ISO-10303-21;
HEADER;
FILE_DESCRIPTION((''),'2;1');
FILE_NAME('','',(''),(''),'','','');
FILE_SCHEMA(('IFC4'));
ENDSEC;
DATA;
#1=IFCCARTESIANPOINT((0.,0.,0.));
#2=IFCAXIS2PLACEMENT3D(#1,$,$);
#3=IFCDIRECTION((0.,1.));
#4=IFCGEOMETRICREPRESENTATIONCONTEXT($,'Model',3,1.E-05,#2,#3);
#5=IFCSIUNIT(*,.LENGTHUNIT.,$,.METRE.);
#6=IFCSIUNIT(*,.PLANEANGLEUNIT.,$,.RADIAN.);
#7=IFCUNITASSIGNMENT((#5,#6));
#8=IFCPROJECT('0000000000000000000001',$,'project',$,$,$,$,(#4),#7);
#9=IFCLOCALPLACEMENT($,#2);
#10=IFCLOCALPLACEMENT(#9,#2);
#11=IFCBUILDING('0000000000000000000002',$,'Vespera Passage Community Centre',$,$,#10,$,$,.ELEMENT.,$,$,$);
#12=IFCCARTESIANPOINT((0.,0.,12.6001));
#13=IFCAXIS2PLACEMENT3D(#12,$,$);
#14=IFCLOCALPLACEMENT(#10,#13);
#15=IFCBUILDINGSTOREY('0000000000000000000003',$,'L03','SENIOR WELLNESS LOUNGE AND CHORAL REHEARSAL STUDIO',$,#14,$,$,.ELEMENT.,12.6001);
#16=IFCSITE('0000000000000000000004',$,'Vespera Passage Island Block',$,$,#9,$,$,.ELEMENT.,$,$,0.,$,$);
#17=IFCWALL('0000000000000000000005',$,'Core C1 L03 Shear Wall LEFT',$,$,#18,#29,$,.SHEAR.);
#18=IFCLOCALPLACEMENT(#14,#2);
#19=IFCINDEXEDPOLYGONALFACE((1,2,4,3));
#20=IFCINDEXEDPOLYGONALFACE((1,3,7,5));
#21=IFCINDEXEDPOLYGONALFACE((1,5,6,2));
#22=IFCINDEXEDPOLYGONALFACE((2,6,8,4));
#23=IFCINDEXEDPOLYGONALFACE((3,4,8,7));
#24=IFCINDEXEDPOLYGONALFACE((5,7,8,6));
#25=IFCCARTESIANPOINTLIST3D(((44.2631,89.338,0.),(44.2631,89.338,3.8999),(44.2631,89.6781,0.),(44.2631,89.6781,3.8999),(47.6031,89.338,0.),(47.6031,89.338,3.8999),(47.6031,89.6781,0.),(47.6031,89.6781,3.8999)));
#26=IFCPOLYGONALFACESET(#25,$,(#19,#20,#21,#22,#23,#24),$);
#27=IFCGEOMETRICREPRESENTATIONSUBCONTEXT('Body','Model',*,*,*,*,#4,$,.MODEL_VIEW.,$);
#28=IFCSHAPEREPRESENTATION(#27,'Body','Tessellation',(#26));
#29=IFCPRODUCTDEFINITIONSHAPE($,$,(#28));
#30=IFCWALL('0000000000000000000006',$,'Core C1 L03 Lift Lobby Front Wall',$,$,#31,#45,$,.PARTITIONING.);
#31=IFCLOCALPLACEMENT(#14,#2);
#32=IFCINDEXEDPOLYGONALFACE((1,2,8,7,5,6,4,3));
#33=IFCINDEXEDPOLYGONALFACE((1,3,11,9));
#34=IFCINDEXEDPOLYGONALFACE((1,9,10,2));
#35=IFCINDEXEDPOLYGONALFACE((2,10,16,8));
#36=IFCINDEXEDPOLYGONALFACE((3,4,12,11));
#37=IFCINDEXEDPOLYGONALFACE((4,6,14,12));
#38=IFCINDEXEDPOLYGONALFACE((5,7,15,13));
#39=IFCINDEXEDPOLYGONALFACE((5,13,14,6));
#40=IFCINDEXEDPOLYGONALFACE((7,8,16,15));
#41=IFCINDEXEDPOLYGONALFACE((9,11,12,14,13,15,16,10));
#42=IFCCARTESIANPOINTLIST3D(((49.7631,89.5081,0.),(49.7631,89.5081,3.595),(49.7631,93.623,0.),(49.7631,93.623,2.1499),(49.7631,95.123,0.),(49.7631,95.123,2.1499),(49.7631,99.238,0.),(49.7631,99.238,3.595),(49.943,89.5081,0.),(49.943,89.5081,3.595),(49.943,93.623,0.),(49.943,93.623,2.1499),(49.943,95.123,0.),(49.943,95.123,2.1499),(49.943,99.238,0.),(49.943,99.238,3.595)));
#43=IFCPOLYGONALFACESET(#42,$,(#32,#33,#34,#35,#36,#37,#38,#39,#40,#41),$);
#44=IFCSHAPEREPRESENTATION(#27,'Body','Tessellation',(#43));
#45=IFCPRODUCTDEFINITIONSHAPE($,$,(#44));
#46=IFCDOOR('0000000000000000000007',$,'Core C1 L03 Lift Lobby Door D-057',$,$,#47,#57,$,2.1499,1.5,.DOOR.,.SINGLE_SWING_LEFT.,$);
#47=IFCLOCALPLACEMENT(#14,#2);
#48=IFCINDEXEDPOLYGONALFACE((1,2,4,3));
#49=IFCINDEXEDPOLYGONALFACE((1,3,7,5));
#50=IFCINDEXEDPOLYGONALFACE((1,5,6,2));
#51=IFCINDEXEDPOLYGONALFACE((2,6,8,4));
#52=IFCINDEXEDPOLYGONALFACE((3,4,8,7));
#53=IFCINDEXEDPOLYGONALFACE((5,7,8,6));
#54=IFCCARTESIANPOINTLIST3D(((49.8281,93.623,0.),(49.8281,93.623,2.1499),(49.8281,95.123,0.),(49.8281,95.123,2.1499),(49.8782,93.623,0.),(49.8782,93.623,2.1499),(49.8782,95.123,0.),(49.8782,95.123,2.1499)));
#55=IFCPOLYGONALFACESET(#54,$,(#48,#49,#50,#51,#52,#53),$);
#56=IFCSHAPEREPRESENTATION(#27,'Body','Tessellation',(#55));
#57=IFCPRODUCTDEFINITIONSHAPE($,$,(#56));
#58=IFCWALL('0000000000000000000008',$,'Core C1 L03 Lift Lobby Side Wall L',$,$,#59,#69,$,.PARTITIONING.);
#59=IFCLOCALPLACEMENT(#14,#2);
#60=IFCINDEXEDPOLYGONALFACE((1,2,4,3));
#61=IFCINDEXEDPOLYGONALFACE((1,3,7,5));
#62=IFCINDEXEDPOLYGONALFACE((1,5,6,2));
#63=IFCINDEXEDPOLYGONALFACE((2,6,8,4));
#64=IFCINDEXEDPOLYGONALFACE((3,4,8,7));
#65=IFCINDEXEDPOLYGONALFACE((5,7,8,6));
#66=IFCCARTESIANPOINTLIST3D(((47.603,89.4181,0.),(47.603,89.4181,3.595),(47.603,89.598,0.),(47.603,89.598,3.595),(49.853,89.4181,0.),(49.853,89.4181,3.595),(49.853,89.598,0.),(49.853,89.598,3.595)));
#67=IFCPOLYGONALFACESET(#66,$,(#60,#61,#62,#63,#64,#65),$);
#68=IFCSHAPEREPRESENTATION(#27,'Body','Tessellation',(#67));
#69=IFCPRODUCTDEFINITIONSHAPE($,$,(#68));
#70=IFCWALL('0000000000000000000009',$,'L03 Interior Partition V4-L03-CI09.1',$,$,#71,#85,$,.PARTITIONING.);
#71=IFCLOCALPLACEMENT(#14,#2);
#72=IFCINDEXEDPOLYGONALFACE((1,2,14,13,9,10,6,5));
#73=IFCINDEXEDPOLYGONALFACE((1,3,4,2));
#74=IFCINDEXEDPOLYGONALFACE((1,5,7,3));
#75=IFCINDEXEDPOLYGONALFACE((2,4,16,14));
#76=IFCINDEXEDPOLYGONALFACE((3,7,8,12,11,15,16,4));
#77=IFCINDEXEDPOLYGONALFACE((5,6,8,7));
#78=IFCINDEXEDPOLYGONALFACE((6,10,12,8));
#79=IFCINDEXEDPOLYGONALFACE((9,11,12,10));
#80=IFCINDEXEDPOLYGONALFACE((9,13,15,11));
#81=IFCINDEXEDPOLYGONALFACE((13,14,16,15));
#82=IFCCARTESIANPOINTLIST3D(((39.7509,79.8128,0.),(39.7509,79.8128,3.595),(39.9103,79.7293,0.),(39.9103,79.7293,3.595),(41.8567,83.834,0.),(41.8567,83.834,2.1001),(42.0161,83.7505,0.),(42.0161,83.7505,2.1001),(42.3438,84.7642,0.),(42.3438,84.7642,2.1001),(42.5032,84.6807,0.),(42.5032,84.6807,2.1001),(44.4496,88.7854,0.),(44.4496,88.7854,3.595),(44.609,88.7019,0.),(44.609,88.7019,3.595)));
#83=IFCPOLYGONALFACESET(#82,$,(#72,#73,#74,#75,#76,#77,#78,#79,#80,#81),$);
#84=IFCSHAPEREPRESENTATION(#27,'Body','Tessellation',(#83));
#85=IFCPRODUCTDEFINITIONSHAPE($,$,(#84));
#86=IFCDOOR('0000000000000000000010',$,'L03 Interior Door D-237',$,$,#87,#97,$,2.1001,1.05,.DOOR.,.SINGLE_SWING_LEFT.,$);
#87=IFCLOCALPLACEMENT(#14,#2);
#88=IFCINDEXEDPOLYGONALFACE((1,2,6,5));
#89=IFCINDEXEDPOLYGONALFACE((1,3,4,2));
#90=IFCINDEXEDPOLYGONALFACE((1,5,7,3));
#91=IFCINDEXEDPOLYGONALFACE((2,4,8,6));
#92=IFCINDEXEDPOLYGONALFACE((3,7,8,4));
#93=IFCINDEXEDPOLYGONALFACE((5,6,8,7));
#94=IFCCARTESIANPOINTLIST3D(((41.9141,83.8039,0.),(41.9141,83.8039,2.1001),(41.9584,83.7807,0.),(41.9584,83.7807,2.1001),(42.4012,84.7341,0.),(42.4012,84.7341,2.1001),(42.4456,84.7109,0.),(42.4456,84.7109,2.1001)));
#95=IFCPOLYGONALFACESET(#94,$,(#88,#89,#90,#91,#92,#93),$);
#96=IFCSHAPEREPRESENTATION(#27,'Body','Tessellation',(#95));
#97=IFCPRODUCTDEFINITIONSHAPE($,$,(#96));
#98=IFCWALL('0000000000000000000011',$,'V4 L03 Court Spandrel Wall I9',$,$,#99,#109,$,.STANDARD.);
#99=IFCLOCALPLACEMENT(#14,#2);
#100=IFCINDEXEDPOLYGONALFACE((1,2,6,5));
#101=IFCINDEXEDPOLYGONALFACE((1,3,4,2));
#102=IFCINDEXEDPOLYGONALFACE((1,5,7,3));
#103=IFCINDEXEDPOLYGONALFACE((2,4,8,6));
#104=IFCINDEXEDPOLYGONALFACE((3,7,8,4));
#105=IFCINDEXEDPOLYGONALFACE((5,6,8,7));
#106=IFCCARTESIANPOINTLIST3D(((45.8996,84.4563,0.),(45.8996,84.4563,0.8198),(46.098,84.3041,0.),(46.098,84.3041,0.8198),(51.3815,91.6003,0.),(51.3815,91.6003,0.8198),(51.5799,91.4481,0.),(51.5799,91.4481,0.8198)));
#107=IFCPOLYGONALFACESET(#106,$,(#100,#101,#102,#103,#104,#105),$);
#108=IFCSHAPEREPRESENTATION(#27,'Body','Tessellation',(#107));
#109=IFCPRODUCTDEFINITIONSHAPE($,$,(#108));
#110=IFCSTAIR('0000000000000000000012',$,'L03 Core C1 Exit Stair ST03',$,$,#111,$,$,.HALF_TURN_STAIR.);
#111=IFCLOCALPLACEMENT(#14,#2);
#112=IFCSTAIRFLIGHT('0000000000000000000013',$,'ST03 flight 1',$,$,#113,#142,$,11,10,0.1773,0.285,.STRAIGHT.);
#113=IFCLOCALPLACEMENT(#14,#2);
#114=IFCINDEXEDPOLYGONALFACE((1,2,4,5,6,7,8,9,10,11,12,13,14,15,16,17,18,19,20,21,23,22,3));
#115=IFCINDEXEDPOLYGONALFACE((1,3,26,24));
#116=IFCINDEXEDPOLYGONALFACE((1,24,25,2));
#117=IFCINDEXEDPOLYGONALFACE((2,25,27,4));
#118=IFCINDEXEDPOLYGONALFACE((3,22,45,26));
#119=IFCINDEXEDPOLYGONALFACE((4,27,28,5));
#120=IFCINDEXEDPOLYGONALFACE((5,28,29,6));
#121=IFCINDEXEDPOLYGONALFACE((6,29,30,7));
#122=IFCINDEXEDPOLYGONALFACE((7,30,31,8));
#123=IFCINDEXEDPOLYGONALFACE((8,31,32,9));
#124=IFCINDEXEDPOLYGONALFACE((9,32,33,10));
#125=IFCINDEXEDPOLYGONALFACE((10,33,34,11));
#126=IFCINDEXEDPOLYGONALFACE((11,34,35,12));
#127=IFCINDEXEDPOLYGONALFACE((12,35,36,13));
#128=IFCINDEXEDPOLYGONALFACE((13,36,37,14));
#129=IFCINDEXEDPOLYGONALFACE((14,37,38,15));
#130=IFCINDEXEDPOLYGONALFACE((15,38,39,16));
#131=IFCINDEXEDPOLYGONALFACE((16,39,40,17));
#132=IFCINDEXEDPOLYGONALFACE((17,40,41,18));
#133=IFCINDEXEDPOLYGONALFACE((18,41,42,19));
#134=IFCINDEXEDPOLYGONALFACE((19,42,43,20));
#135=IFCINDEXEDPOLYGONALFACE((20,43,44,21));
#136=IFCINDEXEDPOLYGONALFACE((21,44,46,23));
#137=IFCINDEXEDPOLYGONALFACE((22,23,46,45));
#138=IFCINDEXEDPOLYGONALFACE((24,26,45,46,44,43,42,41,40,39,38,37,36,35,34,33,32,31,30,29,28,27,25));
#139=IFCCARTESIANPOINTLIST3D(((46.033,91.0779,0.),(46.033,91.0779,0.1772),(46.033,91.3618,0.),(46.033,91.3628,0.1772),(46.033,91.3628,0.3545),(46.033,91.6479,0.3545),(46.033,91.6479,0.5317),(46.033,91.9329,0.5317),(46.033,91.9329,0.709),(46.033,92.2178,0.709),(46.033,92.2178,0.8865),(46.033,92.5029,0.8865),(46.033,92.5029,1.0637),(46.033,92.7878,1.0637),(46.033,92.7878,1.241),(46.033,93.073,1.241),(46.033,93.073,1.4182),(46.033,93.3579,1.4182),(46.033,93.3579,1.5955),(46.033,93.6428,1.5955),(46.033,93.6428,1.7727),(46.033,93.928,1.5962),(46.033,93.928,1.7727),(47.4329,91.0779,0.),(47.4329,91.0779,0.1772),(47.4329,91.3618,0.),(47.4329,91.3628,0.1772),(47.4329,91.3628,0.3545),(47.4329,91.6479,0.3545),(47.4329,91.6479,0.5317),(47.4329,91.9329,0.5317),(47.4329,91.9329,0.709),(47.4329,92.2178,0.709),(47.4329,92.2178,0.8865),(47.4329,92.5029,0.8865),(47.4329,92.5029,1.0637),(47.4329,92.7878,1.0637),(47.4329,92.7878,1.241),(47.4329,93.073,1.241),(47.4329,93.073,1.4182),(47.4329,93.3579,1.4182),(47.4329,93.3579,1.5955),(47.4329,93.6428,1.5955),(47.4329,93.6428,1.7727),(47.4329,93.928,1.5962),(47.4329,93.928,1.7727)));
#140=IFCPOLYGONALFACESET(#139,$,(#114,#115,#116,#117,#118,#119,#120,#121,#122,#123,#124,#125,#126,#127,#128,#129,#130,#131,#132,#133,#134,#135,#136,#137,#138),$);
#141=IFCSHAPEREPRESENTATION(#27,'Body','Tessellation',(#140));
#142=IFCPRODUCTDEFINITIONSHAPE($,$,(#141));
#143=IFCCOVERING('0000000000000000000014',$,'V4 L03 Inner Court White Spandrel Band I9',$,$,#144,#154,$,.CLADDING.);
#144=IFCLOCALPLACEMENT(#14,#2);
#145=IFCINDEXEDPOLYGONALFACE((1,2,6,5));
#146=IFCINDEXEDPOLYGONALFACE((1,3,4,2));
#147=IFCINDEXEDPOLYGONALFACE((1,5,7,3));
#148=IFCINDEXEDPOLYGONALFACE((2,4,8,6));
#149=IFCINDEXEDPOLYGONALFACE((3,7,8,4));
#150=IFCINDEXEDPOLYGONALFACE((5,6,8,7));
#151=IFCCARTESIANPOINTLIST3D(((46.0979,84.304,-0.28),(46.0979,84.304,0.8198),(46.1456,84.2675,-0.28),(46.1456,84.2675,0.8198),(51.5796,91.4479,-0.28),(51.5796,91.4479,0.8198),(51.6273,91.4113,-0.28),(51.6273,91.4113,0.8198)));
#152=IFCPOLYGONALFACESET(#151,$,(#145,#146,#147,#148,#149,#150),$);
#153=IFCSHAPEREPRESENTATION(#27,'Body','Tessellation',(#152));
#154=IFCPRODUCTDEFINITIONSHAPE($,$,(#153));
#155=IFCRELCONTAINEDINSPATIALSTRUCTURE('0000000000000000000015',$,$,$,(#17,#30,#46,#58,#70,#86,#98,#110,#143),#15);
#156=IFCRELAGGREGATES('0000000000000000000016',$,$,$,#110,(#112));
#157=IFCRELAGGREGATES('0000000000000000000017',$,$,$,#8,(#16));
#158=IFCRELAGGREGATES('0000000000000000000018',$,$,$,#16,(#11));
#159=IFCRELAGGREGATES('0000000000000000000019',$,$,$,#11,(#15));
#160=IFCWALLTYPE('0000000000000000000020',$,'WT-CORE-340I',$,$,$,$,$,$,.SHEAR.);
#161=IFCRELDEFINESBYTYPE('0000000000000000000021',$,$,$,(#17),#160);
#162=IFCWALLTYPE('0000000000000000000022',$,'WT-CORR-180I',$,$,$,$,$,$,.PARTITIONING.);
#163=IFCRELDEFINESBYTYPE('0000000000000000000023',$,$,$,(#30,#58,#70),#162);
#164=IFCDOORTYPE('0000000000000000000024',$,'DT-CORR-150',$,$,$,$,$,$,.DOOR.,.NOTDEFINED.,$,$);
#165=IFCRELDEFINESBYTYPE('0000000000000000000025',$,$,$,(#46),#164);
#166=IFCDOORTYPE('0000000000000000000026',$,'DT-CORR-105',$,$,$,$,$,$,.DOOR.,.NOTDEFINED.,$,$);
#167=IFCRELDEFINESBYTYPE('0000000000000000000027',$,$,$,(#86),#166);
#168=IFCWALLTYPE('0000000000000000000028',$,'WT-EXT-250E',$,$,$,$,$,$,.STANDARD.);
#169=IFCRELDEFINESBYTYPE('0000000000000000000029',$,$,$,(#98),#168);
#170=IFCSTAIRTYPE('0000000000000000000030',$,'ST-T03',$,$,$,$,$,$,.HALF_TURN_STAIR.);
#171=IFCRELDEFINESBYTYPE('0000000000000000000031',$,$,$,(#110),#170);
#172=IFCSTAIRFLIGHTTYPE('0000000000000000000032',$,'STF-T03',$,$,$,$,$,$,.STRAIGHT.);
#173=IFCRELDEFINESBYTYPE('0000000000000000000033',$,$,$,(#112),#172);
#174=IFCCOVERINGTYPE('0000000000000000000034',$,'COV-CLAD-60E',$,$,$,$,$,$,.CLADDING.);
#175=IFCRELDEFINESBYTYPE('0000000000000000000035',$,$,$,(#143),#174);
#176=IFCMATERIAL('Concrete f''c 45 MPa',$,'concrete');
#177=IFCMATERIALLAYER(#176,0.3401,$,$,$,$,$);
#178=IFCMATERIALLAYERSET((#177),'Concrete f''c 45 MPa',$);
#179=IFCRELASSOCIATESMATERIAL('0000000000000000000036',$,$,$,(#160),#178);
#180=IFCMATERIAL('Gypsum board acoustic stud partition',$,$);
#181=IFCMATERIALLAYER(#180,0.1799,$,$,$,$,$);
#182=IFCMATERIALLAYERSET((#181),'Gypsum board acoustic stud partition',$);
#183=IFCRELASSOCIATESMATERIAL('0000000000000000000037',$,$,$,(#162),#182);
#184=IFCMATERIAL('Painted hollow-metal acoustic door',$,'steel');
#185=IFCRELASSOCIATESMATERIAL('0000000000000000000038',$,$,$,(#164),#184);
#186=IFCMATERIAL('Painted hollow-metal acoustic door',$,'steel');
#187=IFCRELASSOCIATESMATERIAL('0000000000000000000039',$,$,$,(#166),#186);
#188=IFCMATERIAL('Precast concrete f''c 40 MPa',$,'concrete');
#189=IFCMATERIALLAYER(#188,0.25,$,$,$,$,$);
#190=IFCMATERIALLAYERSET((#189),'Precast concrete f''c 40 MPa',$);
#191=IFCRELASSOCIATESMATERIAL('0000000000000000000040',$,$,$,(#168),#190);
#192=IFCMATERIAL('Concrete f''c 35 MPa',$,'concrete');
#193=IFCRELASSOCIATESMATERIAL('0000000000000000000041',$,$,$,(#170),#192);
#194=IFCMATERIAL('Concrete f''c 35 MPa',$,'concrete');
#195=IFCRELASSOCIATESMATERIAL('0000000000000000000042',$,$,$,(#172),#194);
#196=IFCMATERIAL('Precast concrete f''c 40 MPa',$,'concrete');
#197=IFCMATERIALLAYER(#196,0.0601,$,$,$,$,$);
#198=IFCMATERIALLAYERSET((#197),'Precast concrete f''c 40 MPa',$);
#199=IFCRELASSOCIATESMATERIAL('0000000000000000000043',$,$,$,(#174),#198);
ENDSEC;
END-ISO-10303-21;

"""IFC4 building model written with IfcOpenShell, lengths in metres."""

from ifc_helpers import new_model, si_unit, direction, frame, frame_2d, origin, place, context, subcontext, project, spatial, polyline, rectangle, outline, extrude, material, layer, layer_set, type_object, element, fill, aggregate, save


model = new_model("IFC4")

# Units and contexts
model_context = context("Model", 3, precision=1e-05, world=origin(), true_north=direction((0.0, 1.0)))
body_context = subcontext(model_context, "Body", "Model", "MODEL_VIEW")
ifc_project = project(units=[si_unit("LENGTHUNIT", "METRE"), si_unit("PLANEANGLEUNIT", "RADIAN")], contexts=[model_context])

# Site, building, storey
site_placement = place(None, origin())
site = spatial("IfcSite", under=ifc_project, at=site_placement, Name="Vespera Passage Island Block", CompositionType="ELEMENT", RefElevation=0.0)
building_placement = place(site_placement, origin())
building = spatial("IfcBuilding", under=site, at=building_placement, Name="Vespera Passage Community Centre", CompositionType="ELEMENT")
storey_placement = place(building_placement, frame((0.0, 0.0, 12.6001)))
storey = spatial("IfcBuildingStorey", under=building, at=storey_placement, Name="L03", Description="SENIOR WELLNESS LOUNGE AND CHORAL REHEARSAL STUDIO", CompositionType="ELEMENT", Elevation=12.6001)

# Wall
ifc_material_1 = material(Name="Concrete f'c 45 MPa", Category="concrete")
ifc_layer_1 = layer(ifc_material_1, 0.3401)
ifc_layer_set_1 = layer_set([ifc_layer_1], Name="Concrete f'c 45 MPa")
wall_type_1 = type_object("IfcWallType", Name="WT-CORE-340I", PredefinedType="SHEAR", material=ifc_layer_set_1)
wall_1_placement = place(storey_placement, frame((47.603, 89.5081, 0.0), z_axis=(0.0, 0.0, 1.0), x_axis=(-1.0, 0.0, 0.0)))
element("IfcWall", 1, at=wall_1_placement, inside=storey, type_object=wall_type_1, Name="Core C1 L03 Shear Wall LEFT", PredefinedType="SHEAR", context=body_context, shape_type="SweptSolid", body=[
    extrude(rectangle(XDim=3.3401, YDim=0.3401, at=frame_2d((1.6699, 0.0))), origin(), (0.0, 0.0, 1.0), 3.8999),
])

# Wall, opening, door
ifc_material_2 = material(Name="Gypsum board acoustic stud partition")
ifc_layer_2 = layer(ifc_material_2, 0.1799)
ifc_layer_set_2 = layer_set([ifc_layer_2], Name="Gypsum board acoustic stud partition")
wall_type_2 = type_object("IfcWallType", Name="WT-CORR-180I", PredefinedType="PARTITIONING", material=ifc_layer_set_2)
wall_2_placement = place(storey_placement, frame((49.853, 89.5081, 0.0), z_axis=(0.0, 0.0, 1.0), x_axis=(0.0, 1.0, 0.0)))
wall_2 = element("IfcWall", 2, at=wall_2_placement, inside=storey, type_object=wall_type_2, Name="Core C1 L03 Lift Lobby Front Wall", PredefinedType="PARTITIONING", context=body_context, shape_type="SweptSolid", body=[
    extrude(rectangle(XDim=9.73, YDim=0.1799, at=frame_2d((4.865, 0.0))), origin(), (0.0, 0.0, 1.0), 3.595),
])
opening_1_placement = place(wall_2_placement, frame((4.115, 0.0, 0.0)))
opening_1 = element("IfcOpeningElement", 3, at=opening_1_placement, cuts=wall_2, PredefinedType="OPENING", context=body_context, shape_type="SweptSolid", body=[
    extrude(rectangle(XDim=1.5, YDim=2.1499, at=frame_2d((0.75, 1.075))), frame((0.0, 0.0999, 0.0), z_axis=(0.0, -1.0, 0.0), x_axis=(1.0, 0.0, 0.0)), (0.0, 0.0, 1.0), 0.2),
])
ifc_material_3 = material(Name="Painted hollow-metal acoustic door", Category="steel")
door_type_1 = type_object("IfcDoorType", Name="DT-CORR-150", OperationType="NOTDEFINED", PredefinedType="DOOR", material=ifc_material_3)
door_1_placement = place(opening_1_placement, origin())
door_1 = element("IfcDoor", 4, at=door_1_placement, inside=storey, type_object=door_type_1, Name="Core C1 L03 Lift Lobby Door D-057", OperationType="SINGLE_SWING_LEFT", OverallHeight=2.1499, OverallWidth=1.5, PredefinedType="DOOR", context=body_context, shape_type="SweptSolid", body=[
    extrude(rectangle(XDim=1.5, YDim=2.1499, at=frame_2d((0.75, 1.075))), frame((0.0, 0.0249, 0.0), z_axis=(0.0, -1.0, 0.0), x_axis=(1.0, 0.0, 0.0)), (0.0, 0.0, 1.0), 0.05),
])
fill(opening_1, door_1)

# Wall
wall_3_placement = place(storey_placement, frame((47.603, 89.5081, 0.0), z_axis=(0.0, 0.0, 1.0), x_axis=(1.0, 0.0, 0.0)))
element("IfcWall", 5, at=wall_3_placement, inside=storey, type_object=wall_type_2, Name="Core C1 L03 Lift Lobby Side Wall L", PredefinedType="PARTITIONING", context=body_context, shape_type="SweptSolid", body=[
    extrude(rectangle(XDim=2.25, YDim=0.1799, at=frame_2d((1.125, 0.0))), origin(), (0.0, 0.0, 1.0), 3.595),
])

# Wall, opening, door
wall_4_placement = place(storey_placement, frame((44.5293, 88.7437, 0.0), z_axis=(0.0, 0.0, 1.0), x_axis=(-0.463912, -0.885882, 0.0)))
wall_4 = element("IfcWall", 6, at=wall_4_placement, inside=storey, type_object=wall_type_2, Name="L03 Interior Partition V4-L03-CI09.1", PredefinedType="PARTITIONING", context=body_context, shape_type="SweptSolid", body=[
    extrude(rectangle(XDim=10.1284, YDim=0.1799, at=frame_2d((5.0642, 0.0))), origin(), (0.0, 0.0, 1.0), 3.595),
])
opening_2_placement = place(wall_4_placement, frame((4.5393, 0.0, 0.0)))
opening_2 = element("IfcOpeningElement", 7, at=opening_2_placement, cuts=wall_4, PredefinedType="OPENING", context=body_context, shape_type="SweptSolid", body=[
    extrude(rectangle(XDim=1.05, YDim=2.1001, at=frame_2d((0.5249, 1.05))), frame((0.0, 0.0999, 0.0), z_axis=(0.0, -1.0, 0.0), x_axis=(1.0, 0.0, 0.0)), (0.0, 0.0, 1.0), 0.2),
])
ifc_material_4 = material(Name="Painted hollow-metal acoustic door", Category="steel")
door_type_2 = type_object("IfcDoorType", Name="DT-CORR-105", OperationType="NOTDEFINED", PredefinedType="DOOR", material=ifc_material_4)
door_2_placement = place(opening_2_placement, origin())
door_2 = element("IfcDoor", 8, at=door_2_placement, inside=storey, type_object=door_type_2, Name="L03 Interior Door D-237", OperationType="SINGLE_SWING_LEFT", OverallHeight=2.1001, OverallWidth=1.05, PredefinedType="DOOR", context=body_context, shape_type="SweptSolid", body=[
    extrude(rectangle(XDim=1.05, YDim=2.1001, at=frame_2d((0.5249, 1.05))), frame((0.0, 0.0249, 0.0), z_axis=(0.0, -1.0, 0.0), x_axis=(1.0, 0.0, 0.0)), (0.0, 0.0, 1.0), 0.05),
])
fill(opening_2, door_2)

# Wall
ifc_material_5 = material(Name="Precast concrete f'c 40 MPa", Category="concrete")
ifc_layer_3 = layer(ifc_material_5, 0.25)
ifc_layer_set_3 = layer_set([ifc_layer_3], Name="Precast concrete f'c 40 MPa")
wall_type_3 = type_object("IfcWallType", Name="WT-EXT-250E", PredefinedType="STANDARD", material=ifc_layer_set_3)
wall_5_placement = place(storey_placement, frame((51.4807, 91.5242, 0.0), z_axis=(0.0, 0.0, 1.0), x_axis=(-0.60877, -0.793347, 0.0)))
element("IfcWall", 9, at=wall_5_placement, inside=storey, type_object=wall_type_3, Name="V4 L03 Court Spandrel Wall I9", PredefinedType="STANDARD", context=body_context, shape_type="SweptSolid", body=[
    extrude(rectangle(XDim=9.0049, YDim=0.25, at=frame_2d((4.5024, 0.0))), origin(), (0.0, 0.0, 1.0), 0.8198),
])

# Stair, stair flight
ifc_material_6 = material(Name="Concrete f'c 35 MPa", Category="concrete")
stair_type = type_object("IfcStairType", Name="ST-T03", PredefinedType="HALF_TURN_STAIR", material=ifc_material_6)
stair_placement = place(storey_placement, origin())
stair = element("IfcStair", 10, at=stair_placement, inside=storey, type_object=stair_type, Name="L03 Core C1 Exit Stair ST03", PredefinedType="HALF_TURN_STAIR")
ifc_material_7 = material(Name="Concrete f'c 35 MPa", Category="concrete")
stair_flight_type = type_object("IfcStairFlightType", Name="STF-T03", PredefinedType="STRAIGHT", material=ifc_material_7)
stair_flight_placement = place(storey_placement, frame((46.7329, 91.0779, 0.0), z_axis=(0.0, 0.0, 1.0), x_axis=(0.0, 1.0, 0.0)))
stair_flight = element("IfcStairFlight", 11, at=stair_flight_placement, type_object=stair_flight_type, Name="ST03 flight 1", NumberOfRisers=11, NumberOfTreads=10, PredefinedType="STRAIGHT", RiserHeight=0.1773, TreadLength=0.285, context=body_context, shape_type="SweptSolid", body=[
    extrude(outline(polyline([(0.0, 0.0), (0.0, 0.1772), (0.2849, 0.1772), (0.2849, 0.3545), (0.5701, 0.3545), (0.5701, 0.5317), (0.855, 0.5317), (0.855, 0.709), (1.1399, 0.709), (1.1399, 0.8865), (1.425, 0.8865), (1.425, 1.0637), (1.71, 1.0637), (1.71, 1.241), (1.9951, 1.241), (1.9951, 1.4182), (2.28, 1.4182), (2.28, 1.5955), (2.5649, 1.5955), (2.5649, 1.7727), (2.8501, 1.7727), (2.8501, 1.95), (2.8501, 1.5962), (0.2839, 0.0), (0.0, 0.0)])), frame((0.0, 0.7, 0.0), z_axis=(0.0, -1.0, 0.0), x_axis=(1.0, 0.0, 0.0)), (0.0, 0.0, 1.0), 1.3999),
])
aggregate(stair, [stair_flight])

# Covering
ifc_material_8 = material(Name="Precast concrete f'c 40 MPa", Category="concrete")
ifc_layer_4 = layer(ifc_material_8, 0.0601)
ifc_layer_set_4 = layer_set([ifc_layer_4], Name="Precast concrete f'c 40 MPa")
covering_type = type_object("IfcCoveringType", Name="COV-CLAD-60E", PredefinedType="CLADDING", material=ifc_layer_set_4)
covering_placement = place(storey_placement, frame((51.6035, 91.4297, -0.28), z_axis=(0.0, 0.0, 1.0), x_axis=(-0.608766, -0.79335, 0.0)))
element("IfcCovering", 12, at=covering_placement, inside=storey, type_object=covering_type, Name="V4 L03 Inner Court White Spandrel Band I9", PredefinedType="CLADDING", context=body_context, shape_type="SweptSolid", body=[
    extrude(rectangle(XDim=9.0046, YDim=0.0601, at=frame_2d((4.5024, 0.0))), origin(), (0.0, 0.0, 1.0), 1.0999),
])

save(model, "model.ifc")
